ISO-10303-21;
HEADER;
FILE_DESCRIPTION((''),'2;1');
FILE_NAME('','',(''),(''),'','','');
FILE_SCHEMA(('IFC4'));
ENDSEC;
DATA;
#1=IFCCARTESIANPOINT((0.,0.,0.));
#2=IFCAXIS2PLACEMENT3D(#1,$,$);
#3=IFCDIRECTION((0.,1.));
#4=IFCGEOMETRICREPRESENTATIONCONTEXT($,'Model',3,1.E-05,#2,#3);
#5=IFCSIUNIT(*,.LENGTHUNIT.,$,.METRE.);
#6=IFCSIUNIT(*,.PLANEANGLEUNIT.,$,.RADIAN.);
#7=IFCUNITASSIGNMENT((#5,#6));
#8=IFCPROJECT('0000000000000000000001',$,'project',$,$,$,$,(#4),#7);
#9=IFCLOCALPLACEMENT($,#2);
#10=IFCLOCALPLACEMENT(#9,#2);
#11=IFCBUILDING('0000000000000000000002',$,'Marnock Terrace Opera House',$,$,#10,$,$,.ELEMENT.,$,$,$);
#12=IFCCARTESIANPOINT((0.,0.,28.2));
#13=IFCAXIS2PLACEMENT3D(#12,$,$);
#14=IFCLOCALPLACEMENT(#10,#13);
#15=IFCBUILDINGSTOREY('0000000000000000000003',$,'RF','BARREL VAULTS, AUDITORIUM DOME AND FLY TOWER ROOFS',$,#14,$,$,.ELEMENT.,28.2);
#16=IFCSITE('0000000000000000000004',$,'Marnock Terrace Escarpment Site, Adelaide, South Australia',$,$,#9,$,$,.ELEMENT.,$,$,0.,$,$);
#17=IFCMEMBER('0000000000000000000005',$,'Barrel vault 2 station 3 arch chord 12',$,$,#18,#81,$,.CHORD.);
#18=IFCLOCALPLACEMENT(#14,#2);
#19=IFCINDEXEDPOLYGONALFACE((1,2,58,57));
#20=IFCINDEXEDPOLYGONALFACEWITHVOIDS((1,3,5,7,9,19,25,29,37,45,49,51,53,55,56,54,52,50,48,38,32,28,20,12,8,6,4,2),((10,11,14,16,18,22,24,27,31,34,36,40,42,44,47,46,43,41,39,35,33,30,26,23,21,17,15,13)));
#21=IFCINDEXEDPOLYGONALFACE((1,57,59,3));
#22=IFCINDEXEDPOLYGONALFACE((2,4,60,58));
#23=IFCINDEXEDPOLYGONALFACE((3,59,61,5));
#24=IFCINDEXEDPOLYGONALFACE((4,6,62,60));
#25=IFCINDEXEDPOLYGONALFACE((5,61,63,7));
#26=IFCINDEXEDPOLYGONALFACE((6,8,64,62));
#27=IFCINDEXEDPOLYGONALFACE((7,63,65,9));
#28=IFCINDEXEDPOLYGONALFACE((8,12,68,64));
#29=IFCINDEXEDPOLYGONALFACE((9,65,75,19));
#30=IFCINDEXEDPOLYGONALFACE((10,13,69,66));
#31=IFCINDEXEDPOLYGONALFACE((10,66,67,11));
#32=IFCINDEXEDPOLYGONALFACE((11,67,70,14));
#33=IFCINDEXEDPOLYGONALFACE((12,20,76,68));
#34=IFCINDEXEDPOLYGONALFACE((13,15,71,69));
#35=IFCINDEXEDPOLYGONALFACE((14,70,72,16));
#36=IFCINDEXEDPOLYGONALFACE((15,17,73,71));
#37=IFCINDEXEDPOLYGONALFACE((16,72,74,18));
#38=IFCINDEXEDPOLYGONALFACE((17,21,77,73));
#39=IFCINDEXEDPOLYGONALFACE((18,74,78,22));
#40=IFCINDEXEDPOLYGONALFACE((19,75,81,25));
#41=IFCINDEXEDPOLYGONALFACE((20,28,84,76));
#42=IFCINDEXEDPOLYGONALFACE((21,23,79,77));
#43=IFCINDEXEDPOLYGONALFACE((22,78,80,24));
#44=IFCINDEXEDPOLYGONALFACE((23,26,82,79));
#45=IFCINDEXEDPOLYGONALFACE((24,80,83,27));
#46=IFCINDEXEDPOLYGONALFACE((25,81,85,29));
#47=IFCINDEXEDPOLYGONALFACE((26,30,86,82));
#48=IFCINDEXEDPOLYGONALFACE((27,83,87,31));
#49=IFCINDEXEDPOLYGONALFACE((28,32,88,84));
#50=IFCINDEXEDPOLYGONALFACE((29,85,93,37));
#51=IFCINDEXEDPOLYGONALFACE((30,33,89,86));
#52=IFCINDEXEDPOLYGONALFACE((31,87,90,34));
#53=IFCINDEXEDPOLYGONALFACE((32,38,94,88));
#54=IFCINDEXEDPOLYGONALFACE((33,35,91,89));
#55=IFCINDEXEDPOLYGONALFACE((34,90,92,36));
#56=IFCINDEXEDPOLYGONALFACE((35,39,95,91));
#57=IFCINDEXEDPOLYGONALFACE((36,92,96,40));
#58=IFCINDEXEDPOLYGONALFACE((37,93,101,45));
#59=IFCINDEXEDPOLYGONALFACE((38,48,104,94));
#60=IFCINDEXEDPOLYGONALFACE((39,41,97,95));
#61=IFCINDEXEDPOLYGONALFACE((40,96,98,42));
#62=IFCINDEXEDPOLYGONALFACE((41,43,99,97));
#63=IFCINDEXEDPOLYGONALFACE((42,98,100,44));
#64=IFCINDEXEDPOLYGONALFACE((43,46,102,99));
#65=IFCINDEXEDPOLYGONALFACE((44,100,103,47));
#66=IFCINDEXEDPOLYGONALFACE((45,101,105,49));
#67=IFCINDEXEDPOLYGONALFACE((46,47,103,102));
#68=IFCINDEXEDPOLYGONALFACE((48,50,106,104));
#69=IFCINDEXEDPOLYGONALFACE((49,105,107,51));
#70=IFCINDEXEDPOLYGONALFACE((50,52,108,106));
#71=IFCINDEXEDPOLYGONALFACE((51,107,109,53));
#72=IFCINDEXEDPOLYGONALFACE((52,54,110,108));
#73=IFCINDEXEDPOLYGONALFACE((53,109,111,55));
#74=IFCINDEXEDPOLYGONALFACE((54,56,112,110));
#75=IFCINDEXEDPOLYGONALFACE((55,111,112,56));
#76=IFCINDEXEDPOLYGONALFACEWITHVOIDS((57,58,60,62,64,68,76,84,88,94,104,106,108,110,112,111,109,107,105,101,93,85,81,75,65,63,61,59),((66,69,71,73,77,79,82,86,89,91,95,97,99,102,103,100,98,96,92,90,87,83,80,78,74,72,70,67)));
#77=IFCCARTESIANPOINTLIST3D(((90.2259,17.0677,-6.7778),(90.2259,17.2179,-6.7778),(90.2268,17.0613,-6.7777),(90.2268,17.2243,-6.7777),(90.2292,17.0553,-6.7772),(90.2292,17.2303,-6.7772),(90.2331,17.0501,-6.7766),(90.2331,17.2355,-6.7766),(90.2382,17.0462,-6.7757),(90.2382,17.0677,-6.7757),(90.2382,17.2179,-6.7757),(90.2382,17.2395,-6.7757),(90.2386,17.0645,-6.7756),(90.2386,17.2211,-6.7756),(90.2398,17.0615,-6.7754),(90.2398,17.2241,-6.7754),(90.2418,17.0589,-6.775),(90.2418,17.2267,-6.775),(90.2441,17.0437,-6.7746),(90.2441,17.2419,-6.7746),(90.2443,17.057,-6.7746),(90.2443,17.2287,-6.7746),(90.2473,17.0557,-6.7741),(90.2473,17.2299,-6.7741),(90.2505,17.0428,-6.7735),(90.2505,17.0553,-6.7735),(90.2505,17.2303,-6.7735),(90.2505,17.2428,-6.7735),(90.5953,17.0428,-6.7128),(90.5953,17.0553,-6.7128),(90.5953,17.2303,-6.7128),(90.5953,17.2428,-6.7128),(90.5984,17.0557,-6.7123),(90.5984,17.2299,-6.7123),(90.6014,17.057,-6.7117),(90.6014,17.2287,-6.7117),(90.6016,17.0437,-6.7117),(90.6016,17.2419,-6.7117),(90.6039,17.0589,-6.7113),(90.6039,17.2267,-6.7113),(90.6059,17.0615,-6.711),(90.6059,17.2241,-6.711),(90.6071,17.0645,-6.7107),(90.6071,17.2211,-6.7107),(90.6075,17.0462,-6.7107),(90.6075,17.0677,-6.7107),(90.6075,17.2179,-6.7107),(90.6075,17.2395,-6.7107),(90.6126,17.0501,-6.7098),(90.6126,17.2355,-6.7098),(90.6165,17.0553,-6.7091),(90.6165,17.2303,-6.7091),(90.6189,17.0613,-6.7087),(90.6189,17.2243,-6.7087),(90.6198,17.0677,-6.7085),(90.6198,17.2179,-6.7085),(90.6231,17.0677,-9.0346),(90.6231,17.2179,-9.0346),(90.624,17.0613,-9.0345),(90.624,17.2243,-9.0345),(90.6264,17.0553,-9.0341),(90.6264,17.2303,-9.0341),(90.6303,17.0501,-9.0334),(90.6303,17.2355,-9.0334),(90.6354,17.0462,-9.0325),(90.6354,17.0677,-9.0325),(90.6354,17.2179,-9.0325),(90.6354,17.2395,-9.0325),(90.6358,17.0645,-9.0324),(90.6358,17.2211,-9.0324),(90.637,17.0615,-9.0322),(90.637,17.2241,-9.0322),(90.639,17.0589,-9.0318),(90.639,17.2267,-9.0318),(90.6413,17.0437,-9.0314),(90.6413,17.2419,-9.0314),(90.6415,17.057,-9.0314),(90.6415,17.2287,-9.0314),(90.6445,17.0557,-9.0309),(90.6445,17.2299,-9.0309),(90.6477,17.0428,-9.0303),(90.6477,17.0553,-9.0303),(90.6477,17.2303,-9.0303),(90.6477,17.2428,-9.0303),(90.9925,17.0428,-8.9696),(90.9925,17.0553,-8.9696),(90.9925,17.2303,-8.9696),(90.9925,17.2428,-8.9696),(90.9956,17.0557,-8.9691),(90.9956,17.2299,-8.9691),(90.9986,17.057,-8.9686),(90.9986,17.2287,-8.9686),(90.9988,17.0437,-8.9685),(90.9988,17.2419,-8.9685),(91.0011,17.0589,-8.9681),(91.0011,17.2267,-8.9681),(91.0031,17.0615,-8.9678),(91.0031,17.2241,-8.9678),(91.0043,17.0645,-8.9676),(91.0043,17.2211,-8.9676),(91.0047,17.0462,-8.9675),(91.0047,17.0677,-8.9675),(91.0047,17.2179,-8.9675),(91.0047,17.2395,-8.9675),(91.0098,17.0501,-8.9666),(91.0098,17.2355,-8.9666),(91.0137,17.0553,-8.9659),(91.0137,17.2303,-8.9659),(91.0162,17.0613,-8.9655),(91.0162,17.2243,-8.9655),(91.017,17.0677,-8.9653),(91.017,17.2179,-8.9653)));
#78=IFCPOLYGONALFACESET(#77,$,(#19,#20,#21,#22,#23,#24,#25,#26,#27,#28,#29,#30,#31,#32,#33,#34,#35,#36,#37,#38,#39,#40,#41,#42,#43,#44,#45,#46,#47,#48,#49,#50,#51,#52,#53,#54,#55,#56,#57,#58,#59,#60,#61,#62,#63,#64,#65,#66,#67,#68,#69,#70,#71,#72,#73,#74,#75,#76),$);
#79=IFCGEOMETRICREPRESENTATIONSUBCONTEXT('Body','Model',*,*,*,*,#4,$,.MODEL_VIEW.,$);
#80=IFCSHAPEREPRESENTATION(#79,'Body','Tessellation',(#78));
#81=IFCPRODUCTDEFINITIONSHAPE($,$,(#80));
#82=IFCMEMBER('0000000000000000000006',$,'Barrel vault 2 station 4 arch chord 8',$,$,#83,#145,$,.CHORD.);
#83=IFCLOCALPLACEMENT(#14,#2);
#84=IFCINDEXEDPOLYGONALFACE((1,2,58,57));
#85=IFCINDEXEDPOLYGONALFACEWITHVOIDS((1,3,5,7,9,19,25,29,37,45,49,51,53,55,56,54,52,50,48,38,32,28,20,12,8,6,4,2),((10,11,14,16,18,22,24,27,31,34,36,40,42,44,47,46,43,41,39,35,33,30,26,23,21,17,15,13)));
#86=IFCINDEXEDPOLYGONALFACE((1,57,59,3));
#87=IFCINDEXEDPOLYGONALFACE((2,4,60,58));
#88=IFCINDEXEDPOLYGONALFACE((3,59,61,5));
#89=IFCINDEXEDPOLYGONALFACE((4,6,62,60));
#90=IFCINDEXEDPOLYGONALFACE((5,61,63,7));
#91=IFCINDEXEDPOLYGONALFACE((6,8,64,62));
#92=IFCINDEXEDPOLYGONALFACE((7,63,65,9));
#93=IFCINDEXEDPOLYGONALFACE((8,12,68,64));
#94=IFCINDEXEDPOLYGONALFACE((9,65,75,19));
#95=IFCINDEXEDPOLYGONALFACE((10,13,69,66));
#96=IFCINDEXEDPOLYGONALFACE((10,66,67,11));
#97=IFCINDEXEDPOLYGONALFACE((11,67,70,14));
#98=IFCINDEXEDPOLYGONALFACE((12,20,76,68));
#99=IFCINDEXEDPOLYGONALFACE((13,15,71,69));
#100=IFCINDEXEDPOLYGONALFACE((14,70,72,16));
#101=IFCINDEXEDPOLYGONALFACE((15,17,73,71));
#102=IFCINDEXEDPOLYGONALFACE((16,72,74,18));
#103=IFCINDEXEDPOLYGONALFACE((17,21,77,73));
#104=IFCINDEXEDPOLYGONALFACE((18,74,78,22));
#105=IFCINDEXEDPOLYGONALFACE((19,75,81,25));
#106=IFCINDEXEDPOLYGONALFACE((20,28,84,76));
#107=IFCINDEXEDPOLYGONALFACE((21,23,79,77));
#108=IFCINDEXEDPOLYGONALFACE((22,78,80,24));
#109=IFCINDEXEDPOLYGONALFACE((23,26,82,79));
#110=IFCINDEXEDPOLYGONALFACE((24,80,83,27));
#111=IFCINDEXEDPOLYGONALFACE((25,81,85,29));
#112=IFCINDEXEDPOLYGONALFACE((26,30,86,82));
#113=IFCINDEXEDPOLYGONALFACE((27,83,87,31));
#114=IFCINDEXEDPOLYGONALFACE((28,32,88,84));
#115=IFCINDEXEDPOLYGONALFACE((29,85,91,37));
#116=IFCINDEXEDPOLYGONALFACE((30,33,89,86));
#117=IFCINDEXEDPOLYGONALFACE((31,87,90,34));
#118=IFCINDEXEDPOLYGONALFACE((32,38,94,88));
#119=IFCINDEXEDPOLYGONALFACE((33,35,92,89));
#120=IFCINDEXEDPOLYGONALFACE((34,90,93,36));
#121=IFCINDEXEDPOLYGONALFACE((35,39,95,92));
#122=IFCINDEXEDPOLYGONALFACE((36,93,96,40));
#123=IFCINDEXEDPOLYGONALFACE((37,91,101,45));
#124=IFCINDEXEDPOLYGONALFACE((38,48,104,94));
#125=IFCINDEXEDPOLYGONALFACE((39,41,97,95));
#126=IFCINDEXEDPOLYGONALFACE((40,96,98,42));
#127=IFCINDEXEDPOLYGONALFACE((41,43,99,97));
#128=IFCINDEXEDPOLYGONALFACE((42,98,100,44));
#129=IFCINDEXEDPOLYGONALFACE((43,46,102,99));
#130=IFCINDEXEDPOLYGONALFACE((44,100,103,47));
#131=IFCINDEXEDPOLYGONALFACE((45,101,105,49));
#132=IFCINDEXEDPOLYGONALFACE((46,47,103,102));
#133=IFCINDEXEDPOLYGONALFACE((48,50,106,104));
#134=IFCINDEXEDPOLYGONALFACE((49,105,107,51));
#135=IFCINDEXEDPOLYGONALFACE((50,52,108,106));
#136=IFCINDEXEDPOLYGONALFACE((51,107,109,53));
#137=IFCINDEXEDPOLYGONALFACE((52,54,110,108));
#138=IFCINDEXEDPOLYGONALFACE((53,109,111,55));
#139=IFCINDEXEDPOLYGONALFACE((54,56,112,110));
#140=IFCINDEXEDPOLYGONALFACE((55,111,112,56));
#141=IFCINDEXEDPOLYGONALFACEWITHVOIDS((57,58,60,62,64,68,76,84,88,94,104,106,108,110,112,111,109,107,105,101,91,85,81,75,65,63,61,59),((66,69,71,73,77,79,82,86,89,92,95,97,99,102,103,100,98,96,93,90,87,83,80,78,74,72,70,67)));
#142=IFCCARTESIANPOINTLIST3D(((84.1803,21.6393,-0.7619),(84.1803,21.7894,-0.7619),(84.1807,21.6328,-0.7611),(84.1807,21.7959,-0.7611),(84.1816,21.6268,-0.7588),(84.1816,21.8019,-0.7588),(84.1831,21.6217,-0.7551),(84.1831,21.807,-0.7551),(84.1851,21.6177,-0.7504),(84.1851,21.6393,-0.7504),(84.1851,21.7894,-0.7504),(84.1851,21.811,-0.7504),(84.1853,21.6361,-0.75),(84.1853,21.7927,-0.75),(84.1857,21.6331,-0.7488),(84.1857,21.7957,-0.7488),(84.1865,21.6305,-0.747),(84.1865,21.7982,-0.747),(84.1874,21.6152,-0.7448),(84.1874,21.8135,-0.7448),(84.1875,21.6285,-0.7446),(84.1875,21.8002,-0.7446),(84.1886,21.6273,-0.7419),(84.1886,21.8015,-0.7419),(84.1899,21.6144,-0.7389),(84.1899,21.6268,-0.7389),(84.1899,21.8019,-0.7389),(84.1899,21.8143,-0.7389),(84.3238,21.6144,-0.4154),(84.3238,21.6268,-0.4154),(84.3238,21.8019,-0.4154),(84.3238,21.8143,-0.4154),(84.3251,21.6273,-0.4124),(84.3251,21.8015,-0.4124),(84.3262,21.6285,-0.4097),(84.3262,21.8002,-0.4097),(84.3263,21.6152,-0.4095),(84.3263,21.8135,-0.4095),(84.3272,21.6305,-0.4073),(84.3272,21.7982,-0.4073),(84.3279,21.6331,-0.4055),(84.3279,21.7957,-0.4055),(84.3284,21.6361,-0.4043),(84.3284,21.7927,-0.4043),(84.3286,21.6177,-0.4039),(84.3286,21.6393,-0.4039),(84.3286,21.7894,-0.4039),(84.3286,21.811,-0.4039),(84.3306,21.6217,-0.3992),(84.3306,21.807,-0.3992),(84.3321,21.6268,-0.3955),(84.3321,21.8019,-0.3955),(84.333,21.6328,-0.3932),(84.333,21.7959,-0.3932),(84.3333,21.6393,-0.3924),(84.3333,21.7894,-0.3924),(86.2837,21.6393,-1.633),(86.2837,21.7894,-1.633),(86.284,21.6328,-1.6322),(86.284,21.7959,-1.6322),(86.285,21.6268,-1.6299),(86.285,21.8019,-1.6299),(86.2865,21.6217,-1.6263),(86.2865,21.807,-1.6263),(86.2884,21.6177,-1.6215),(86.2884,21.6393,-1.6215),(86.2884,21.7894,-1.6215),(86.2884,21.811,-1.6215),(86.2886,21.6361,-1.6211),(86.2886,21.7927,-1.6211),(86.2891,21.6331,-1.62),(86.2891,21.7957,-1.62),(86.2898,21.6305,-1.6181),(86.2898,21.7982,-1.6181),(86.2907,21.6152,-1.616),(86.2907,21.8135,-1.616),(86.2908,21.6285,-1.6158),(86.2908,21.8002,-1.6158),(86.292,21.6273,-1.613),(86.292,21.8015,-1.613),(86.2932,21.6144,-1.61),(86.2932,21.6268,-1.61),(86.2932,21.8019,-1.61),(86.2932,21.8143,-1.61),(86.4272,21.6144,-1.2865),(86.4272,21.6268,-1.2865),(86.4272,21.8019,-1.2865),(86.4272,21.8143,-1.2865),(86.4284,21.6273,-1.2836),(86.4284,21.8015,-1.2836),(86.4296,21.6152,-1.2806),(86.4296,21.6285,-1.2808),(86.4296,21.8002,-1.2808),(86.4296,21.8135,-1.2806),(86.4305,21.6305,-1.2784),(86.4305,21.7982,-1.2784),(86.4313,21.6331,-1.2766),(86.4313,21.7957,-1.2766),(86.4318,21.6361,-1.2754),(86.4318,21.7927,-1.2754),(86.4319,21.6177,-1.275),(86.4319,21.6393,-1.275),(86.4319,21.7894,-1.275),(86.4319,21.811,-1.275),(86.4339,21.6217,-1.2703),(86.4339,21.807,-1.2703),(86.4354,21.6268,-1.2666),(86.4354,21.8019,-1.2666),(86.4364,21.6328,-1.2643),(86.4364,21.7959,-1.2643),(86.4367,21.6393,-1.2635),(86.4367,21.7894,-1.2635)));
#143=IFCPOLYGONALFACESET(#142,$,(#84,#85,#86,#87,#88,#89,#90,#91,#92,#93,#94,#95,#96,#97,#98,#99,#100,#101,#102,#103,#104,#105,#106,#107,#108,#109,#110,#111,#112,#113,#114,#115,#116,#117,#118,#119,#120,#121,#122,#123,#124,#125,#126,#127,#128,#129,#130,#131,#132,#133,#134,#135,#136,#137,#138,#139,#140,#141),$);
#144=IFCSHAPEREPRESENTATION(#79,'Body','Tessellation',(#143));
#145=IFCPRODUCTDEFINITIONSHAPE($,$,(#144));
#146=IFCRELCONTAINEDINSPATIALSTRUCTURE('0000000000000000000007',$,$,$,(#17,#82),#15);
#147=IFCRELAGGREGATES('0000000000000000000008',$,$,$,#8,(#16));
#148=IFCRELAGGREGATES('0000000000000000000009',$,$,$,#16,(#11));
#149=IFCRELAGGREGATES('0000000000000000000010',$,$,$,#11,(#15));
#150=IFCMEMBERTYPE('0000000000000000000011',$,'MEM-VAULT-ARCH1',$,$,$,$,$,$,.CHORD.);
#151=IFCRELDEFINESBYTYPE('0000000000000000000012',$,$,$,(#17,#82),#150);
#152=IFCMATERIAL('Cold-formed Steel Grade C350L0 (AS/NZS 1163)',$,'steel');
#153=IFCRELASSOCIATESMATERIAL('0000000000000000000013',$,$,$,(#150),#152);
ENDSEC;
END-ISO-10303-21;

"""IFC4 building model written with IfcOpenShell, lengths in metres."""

from ifc_helpers import new_model, si_unit, direction, frame, origin, origin_2d, place, context, subcontext, project, spatial, hollow_rectangle, extrude, material, material_profile, profile_set, type_object, element, save


model = new_model("IFC4")

# Units and contexts
model_context = context("Model", 3, precision=1e-05, world=origin(), true_north=direction((0.0, 1.0)))
body_context = subcontext(model_context, "Body", "Model", "MODEL_VIEW")
ifc_project = project(units=[si_unit("LENGTHUNIT", "METRE"), si_unit("PLANEANGLEUNIT", "RADIAN")], contexts=[model_context])

# Site, building, storey
site_placement = place(None, origin())
site = spatial("IfcSite", under=ifc_project, at=site_placement, Name="Marnock Terrace Escarpment Site, Adelaide, South Australia", CompositionType="ELEMENT", RefElevation=0.0)
building_placement = place(site_placement, origin())
building = spatial("IfcBuilding", under=site, at=building_placement, Name="Marnock Terrace Opera House", CompositionType="ELEMENT")
storey_placement = place(building_placement, frame((0.0, 0.0, 28.2)))
storey = spatial("IfcBuildingStorey", under=building, at=storey_placement, Name="RF", Description="BARREL VAULTS, AUDITORIUM DOME AND FLY TOWER ROOFS", CompositionType="ELEMENT", Elevation=28.2)

# Members
ifc_material = material(Name="Cold-formed Steel Grade C350L0 (AS/NZS 1163)", Category="steel")
ifc_material_profile_1 = material_profile(ifc_material, hollow_rectangle(XDim=0.2, YDim=0.3999, WallThickness=0.0125, InnerFilletRadius=0.0125, OuterFilletRadius=0.0249, at=origin_2d()))
ifc_profile_set_1 = profile_set([ifc_material_profile_1], Name="Cold-formed Steel Grade C350L0 (AS/NZS 1163)")
member_type_1 = type_object("IfcMemberType", Name="MEM-VAULT-ARCH1", PredefinedType="CHORD", material=ifc_profile_set_1)
member_1_placement = place(storey_placement, frame((90.4229, 17.1428, -6.7432), z_axis=(0.173342, 0.0, -0.984862), x_axis=(0.0, 1.0, 0.0)))
element("IfcMember", 1, at=member_1_placement, inside=storey, type_object=member_type_1, Name="Barrel vault 2 station 3 arch chord 12", PredefinedType="CHORD", context=body_context, shape_type="SweptSolid", body=[
    extrude(hollow_rectangle(XDim=0.2, YDim=0.3999, WallThickness=0.0125, InnerFilletRadius=0.0125, OuterFilletRadius=0.0249, at=origin_2d()), origin(), (0.0, 0.0, 1.0), 2.2915),
])
member_2_placement = place(storey_placement, frame((84.2568, 21.7144, -0.5771), z_axis=(0.923897, 0.0, -0.382642), x_axis=(0.0, 1.0, 0.0)))
element("IfcMember", 2, at=member_2_placement, inside=storey, type_object=member_type_1, Name="Barrel vault 2 station 4 arch chord 8", PredefinedType="CHORD", context=body_context, shape_type="SweptSolid", body=[
    extrude(hollow_rectangle(XDim=0.2, YDim=0.3999, WallThickness=0.0125, InnerFilletRadius=0.0125, OuterFilletRadius=0.0249, at=origin_2d()), origin(), (0.0, 0.0, 1.0), 2.2766),
])

save(model, "model.ifc")
